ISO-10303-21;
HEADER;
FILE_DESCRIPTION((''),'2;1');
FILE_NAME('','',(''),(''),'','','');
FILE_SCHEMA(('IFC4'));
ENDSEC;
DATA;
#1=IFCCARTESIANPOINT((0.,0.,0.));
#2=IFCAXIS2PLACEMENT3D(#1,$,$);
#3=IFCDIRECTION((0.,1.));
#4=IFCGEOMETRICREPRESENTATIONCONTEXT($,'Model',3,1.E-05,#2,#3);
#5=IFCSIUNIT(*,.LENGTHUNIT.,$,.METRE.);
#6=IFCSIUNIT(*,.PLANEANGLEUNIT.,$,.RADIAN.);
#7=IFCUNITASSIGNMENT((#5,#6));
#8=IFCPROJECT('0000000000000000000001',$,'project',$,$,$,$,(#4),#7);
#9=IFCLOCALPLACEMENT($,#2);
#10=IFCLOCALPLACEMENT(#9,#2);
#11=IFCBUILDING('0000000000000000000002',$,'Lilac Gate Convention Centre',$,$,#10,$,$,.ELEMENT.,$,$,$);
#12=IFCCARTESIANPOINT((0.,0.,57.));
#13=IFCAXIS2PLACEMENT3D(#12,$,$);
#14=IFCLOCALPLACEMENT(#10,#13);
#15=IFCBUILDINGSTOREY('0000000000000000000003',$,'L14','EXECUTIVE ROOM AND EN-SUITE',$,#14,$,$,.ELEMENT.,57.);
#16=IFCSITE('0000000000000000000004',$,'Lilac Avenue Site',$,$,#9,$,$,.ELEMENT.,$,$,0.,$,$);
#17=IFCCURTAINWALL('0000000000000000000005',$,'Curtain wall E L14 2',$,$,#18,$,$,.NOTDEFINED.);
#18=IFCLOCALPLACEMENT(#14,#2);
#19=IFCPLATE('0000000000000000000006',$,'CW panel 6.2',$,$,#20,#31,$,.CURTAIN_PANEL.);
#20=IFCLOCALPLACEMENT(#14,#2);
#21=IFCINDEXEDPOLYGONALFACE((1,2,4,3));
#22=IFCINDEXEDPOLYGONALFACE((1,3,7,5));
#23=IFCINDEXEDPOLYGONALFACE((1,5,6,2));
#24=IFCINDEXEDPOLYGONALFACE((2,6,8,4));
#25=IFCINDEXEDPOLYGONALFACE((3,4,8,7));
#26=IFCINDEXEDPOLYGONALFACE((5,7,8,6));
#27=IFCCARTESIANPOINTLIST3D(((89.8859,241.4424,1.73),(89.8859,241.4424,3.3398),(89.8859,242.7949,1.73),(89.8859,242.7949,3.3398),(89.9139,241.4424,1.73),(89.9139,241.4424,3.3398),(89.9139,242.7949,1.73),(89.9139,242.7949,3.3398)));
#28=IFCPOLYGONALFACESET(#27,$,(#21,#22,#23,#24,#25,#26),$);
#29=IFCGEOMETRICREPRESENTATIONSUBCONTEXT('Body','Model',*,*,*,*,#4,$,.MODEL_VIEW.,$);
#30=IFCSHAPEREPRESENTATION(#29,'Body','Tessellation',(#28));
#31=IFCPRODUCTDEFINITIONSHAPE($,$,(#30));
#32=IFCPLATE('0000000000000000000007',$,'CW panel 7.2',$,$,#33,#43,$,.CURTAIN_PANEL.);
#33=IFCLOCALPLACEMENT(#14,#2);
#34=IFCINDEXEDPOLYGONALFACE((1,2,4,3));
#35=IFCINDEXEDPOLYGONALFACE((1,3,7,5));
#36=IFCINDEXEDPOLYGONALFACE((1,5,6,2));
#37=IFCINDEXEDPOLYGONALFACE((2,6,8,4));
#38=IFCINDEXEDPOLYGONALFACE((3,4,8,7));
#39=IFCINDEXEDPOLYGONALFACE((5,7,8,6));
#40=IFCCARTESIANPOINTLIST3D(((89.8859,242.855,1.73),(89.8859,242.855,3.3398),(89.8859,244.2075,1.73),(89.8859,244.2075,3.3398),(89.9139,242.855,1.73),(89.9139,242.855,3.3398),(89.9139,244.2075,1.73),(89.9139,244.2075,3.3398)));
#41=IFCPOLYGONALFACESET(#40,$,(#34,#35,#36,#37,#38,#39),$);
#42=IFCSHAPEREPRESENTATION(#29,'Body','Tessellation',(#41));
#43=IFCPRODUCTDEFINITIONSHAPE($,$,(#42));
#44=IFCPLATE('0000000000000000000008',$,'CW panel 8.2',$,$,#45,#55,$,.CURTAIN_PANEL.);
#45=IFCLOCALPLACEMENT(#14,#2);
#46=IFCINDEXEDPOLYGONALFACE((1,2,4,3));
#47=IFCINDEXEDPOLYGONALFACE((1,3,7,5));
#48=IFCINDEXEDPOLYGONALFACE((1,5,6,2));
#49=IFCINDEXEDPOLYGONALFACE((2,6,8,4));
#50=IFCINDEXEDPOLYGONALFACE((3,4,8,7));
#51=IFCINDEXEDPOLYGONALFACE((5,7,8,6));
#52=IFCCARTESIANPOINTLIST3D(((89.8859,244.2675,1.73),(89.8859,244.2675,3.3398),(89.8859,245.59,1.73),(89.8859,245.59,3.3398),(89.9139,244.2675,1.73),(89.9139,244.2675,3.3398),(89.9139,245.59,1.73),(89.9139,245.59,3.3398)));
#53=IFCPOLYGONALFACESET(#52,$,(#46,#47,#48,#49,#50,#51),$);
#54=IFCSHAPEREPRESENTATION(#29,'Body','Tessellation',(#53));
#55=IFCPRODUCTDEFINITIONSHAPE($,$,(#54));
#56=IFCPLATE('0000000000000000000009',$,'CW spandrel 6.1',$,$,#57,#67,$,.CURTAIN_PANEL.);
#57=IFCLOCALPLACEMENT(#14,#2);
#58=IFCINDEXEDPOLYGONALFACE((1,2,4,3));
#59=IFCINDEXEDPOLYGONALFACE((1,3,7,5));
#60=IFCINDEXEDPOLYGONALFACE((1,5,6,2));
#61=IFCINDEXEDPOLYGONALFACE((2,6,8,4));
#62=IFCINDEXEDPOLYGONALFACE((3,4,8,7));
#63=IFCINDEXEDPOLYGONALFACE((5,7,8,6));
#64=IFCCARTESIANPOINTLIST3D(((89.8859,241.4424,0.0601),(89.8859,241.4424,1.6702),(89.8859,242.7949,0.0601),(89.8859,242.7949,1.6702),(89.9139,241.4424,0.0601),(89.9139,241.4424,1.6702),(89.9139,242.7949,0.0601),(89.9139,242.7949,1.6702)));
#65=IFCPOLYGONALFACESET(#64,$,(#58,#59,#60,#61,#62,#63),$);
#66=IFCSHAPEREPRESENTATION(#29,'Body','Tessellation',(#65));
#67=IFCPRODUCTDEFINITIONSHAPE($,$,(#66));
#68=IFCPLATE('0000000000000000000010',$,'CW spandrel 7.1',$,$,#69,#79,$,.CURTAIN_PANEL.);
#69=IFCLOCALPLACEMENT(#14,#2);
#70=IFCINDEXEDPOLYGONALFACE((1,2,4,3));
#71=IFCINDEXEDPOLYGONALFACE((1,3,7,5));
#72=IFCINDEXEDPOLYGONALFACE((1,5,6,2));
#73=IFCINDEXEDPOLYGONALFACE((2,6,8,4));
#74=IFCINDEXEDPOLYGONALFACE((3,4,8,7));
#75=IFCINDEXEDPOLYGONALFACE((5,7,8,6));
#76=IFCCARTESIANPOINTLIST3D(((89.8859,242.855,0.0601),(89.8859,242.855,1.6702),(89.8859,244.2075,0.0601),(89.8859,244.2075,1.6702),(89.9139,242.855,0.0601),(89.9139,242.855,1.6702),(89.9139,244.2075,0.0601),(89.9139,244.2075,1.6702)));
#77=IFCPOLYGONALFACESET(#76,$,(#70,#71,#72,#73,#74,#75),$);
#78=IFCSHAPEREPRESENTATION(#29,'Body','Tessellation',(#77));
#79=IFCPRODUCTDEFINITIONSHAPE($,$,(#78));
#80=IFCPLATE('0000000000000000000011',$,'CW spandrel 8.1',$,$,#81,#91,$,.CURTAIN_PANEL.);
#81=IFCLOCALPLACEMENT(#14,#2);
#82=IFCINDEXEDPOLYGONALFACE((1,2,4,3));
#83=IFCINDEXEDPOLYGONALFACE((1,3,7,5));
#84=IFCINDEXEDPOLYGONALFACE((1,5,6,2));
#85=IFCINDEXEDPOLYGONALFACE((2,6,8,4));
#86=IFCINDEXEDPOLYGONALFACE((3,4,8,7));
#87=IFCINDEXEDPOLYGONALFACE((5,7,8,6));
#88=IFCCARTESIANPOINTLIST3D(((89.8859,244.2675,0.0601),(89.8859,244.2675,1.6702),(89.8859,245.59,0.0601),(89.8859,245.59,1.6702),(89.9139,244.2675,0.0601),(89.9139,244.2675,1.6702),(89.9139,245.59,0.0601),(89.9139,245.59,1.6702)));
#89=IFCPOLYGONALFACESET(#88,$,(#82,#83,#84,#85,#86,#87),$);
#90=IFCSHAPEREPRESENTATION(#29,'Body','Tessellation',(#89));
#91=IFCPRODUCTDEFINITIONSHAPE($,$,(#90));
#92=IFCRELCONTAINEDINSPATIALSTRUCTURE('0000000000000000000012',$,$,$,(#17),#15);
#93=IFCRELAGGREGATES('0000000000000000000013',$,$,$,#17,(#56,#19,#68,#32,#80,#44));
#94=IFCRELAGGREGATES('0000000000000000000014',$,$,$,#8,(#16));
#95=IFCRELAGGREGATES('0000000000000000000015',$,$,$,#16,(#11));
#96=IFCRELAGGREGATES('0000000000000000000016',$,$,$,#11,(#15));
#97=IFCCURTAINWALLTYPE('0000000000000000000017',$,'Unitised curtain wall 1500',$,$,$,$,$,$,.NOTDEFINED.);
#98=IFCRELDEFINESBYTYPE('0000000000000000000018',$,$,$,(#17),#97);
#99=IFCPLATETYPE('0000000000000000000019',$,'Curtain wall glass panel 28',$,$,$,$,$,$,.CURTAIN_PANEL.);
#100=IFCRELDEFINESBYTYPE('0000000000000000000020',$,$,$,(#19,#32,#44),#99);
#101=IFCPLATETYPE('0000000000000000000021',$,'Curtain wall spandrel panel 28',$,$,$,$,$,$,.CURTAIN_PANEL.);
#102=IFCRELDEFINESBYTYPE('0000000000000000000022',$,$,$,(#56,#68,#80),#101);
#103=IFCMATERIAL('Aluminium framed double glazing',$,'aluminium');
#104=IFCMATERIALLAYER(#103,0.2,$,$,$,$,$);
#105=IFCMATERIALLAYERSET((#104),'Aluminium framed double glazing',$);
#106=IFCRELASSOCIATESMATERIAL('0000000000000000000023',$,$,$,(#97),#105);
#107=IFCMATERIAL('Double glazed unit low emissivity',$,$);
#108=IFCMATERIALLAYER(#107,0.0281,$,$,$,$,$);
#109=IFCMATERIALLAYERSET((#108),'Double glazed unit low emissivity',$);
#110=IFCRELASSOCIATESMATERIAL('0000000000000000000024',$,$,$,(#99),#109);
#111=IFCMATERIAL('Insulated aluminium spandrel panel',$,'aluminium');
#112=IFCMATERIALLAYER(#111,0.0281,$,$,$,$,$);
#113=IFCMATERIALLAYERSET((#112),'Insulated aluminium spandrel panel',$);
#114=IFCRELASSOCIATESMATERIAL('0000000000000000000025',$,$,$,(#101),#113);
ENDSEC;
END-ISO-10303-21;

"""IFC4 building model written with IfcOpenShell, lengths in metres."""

from ifc_helpers import new_model, si_unit, direction, frame, origin, origin_2d, place, context, subcontext, project, spatial, rectangle, extrude, material, layer, layer_set, type_object, element, aggregate, save


model = new_model("IFC4")

# Units and contexts
model_context = context("Model", 3, precision=1e-05, world=origin(), true_north=direction((0.0, 1.0)))
body_context = subcontext(model_context, "Body", "Model", "MODEL_VIEW")
ifc_project = project(units=[si_unit("LENGTHUNIT", "METRE"), si_unit("PLANEANGLEUNIT", "RADIAN")], contexts=[model_context])

# Site, building, storey
site_placement = place(None, origin())
site = spatial("IfcSite", under=ifc_project, at=site_placement, Name="Lilac Avenue Site", CompositionType="ELEMENT", RefElevation=0.0)
building_placement = place(site_placement, origin())
building = spatial("IfcBuilding", under=site, at=building_placement, Name="Lilac Gate Convention Centre", CompositionType="ELEMENT")
storey_placement = place(building_placement, frame((0.0, 0.0, 57.0)))
storey = spatial("IfcBuildingStorey", under=building, at=storey_placement, Name="L14", Description="EXECUTIVE ROOM AND EN-SUITE", CompositionType="ELEMENT", Elevation=57.0)

# Curtain wall, plates
ifc_material_1 = material(Name="Aluminium framed double glazing", Category="aluminium")
ifc_layer_1 = layer(ifc_material_1, 0.2)
ifc_layer_set_1 = layer_set([ifc_layer_1], Name="Aluminium framed double glazing")
curtain_wall_type = type_object("IfcCurtainWallType", Name="Unitised curtain wall 1500", PredefinedType="NOTDEFINED", material=ifc_layer_set_1)
curtain_wall_placement = place(storey_placement, origin())
curtain_wall = element("IfcCurtainWall", 1, at=curtain_wall_placement, inside=storey, type_object=curtain_wall_type, Name="Curtain wall E L14 2", PredefinedType="NOTDEFINED")
ifc_material_2 = material(Name="Double glazed unit low emissivity")
ifc_layer_2 = layer(ifc_material_2, 0.0281)
ifc_layer_set_2 = layer_set([ifc_layer_2], Name="Double glazed unit low emissivity")
plate_type_1 = type_object("IfcPlateType", Name="Curtain wall glass panel 28", PredefinedType="CURTAIN_PANEL", material=ifc_layer_set_2)
plate_1_placement = place(storey_placement, frame((89.8999, 242.1187, 1.73), z_axis=(0.0, 0.0, 1.0), x_axis=(0.0, 1.0, 0.0)))
plate_1 = element("IfcPlate", 2, at=plate_1_placement, type_object=plate_type_1, Name="CW panel 6.2", PredefinedType="CURTAIN_PANEL", context=body_context, shape_type="SweptSolid", body=[
    extrude(rectangle(XDim=1.3525, YDim=0.0281, at=origin_2d()), origin(), (0.0, 0.0, 1.0), 1.6099),
])
plate_2_placement = place(storey_placement, frame((89.8999, 243.5312, 1.73), z_axis=(0.0, 0.0, 1.0), x_axis=(0.0, 1.0, 0.0)))
plate_2 = element("IfcPlate", 3, at=plate_2_placement, type_object=plate_type_1, Name="CW panel 7.2", PredefinedType="CURTAIN_PANEL", context=body_context, shape_type="SweptSolid", body=[
    extrude(rectangle(XDim=1.3525, YDim=0.0281, at=origin_2d()), origin(), (0.0, 0.0, 1.0), 1.6099),
])
plate_3_placement = place(storey_placement, frame((89.8999, 244.9287, 1.73), z_axis=(0.0, 0.0, 1.0), x_axis=(0.0, 1.0, 0.0)))
plate_3 = element("IfcPlate", 4, at=plate_3_placement, type_object=plate_type_1, Name="CW panel 8.2", PredefinedType="CURTAIN_PANEL", context=body_context, shape_type="SweptSolid", body=[
    extrude(rectangle(XDim=1.3225, YDim=0.0281, at=origin_2d()), origin(), (0.0, 0.0, 1.0), 1.6099),
])
ifc_material_3 = material(Name="Insulated aluminium spandrel panel", Category="aluminium")
ifc_layer_3 = layer(ifc_material_3, 0.0281)
ifc_layer_set_3 = layer_set([ifc_layer_3], Name="Insulated aluminium spandrel panel")
plate_type_2 = type_object("IfcPlateType", Name="Curtain wall spandrel panel 28", PredefinedType="CURTAIN_PANEL", material=ifc_layer_set_3)
plate_4_placement = place(storey_placement, frame((89.8999, 242.1187, 0.0601), z_axis=(0.0, 0.0, 1.0), x_axis=(0.0, 1.0, 0.0)))
plate_4 = element("IfcPlate", 5, at=plate_4_placement, type_object=plate_type_2, Name="CW spandrel 6.1", PredefinedType="CURTAIN_PANEL", context=body_context, shape_type="SweptSolid", body=[
    extrude(rectangle(XDim=1.3525, YDim=0.0281, at=origin_2d()), origin(), (0.0, 0.0, 1.0), 1.6101),
])
plate_5_placement = place(storey_placement, frame((89.8999, 243.5312, 0.0601), z_axis=(0.0, 0.0, 1.0), x_axis=(0.0, 1.0, 0.0)))
plate_5 = element("IfcPlate", 6, at=plate_5_placement, type_object=plate_type_2, Name="CW spandrel 7.1", PredefinedType="CURTAIN_PANEL", context=body_context, shape_type="SweptSolid", body=[
    extrude(rectangle(XDim=1.3525, YDim=0.0281, at=origin_2d()), origin(), (0.0, 0.0, 1.0), 1.6101),
])
plate_6_placement = place(storey_placement, frame((89.8999, 244.9287, 0.0601), z_axis=(0.0, 0.0, 1.0), x_axis=(0.0, 1.0, 0.0)))
plate_6 = element("IfcPlate", 7, at=plate_6_placement, type_object=plate_type_2, Name="CW spandrel 8.1", PredefinedType="CURTAIN_PANEL", context=body_context, shape_type="SweptSolid", body=[
    extrude(rectangle(XDim=1.3225, YDim=0.0281, at=origin_2d()), origin(), (0.0, 0.0, 1.0), 1.6101),
])
aggregate(curtain_wall, [plate_4, plate_1, plate_5, plate_2, plate_6, plate_3])

save(model, "model.ifc")
